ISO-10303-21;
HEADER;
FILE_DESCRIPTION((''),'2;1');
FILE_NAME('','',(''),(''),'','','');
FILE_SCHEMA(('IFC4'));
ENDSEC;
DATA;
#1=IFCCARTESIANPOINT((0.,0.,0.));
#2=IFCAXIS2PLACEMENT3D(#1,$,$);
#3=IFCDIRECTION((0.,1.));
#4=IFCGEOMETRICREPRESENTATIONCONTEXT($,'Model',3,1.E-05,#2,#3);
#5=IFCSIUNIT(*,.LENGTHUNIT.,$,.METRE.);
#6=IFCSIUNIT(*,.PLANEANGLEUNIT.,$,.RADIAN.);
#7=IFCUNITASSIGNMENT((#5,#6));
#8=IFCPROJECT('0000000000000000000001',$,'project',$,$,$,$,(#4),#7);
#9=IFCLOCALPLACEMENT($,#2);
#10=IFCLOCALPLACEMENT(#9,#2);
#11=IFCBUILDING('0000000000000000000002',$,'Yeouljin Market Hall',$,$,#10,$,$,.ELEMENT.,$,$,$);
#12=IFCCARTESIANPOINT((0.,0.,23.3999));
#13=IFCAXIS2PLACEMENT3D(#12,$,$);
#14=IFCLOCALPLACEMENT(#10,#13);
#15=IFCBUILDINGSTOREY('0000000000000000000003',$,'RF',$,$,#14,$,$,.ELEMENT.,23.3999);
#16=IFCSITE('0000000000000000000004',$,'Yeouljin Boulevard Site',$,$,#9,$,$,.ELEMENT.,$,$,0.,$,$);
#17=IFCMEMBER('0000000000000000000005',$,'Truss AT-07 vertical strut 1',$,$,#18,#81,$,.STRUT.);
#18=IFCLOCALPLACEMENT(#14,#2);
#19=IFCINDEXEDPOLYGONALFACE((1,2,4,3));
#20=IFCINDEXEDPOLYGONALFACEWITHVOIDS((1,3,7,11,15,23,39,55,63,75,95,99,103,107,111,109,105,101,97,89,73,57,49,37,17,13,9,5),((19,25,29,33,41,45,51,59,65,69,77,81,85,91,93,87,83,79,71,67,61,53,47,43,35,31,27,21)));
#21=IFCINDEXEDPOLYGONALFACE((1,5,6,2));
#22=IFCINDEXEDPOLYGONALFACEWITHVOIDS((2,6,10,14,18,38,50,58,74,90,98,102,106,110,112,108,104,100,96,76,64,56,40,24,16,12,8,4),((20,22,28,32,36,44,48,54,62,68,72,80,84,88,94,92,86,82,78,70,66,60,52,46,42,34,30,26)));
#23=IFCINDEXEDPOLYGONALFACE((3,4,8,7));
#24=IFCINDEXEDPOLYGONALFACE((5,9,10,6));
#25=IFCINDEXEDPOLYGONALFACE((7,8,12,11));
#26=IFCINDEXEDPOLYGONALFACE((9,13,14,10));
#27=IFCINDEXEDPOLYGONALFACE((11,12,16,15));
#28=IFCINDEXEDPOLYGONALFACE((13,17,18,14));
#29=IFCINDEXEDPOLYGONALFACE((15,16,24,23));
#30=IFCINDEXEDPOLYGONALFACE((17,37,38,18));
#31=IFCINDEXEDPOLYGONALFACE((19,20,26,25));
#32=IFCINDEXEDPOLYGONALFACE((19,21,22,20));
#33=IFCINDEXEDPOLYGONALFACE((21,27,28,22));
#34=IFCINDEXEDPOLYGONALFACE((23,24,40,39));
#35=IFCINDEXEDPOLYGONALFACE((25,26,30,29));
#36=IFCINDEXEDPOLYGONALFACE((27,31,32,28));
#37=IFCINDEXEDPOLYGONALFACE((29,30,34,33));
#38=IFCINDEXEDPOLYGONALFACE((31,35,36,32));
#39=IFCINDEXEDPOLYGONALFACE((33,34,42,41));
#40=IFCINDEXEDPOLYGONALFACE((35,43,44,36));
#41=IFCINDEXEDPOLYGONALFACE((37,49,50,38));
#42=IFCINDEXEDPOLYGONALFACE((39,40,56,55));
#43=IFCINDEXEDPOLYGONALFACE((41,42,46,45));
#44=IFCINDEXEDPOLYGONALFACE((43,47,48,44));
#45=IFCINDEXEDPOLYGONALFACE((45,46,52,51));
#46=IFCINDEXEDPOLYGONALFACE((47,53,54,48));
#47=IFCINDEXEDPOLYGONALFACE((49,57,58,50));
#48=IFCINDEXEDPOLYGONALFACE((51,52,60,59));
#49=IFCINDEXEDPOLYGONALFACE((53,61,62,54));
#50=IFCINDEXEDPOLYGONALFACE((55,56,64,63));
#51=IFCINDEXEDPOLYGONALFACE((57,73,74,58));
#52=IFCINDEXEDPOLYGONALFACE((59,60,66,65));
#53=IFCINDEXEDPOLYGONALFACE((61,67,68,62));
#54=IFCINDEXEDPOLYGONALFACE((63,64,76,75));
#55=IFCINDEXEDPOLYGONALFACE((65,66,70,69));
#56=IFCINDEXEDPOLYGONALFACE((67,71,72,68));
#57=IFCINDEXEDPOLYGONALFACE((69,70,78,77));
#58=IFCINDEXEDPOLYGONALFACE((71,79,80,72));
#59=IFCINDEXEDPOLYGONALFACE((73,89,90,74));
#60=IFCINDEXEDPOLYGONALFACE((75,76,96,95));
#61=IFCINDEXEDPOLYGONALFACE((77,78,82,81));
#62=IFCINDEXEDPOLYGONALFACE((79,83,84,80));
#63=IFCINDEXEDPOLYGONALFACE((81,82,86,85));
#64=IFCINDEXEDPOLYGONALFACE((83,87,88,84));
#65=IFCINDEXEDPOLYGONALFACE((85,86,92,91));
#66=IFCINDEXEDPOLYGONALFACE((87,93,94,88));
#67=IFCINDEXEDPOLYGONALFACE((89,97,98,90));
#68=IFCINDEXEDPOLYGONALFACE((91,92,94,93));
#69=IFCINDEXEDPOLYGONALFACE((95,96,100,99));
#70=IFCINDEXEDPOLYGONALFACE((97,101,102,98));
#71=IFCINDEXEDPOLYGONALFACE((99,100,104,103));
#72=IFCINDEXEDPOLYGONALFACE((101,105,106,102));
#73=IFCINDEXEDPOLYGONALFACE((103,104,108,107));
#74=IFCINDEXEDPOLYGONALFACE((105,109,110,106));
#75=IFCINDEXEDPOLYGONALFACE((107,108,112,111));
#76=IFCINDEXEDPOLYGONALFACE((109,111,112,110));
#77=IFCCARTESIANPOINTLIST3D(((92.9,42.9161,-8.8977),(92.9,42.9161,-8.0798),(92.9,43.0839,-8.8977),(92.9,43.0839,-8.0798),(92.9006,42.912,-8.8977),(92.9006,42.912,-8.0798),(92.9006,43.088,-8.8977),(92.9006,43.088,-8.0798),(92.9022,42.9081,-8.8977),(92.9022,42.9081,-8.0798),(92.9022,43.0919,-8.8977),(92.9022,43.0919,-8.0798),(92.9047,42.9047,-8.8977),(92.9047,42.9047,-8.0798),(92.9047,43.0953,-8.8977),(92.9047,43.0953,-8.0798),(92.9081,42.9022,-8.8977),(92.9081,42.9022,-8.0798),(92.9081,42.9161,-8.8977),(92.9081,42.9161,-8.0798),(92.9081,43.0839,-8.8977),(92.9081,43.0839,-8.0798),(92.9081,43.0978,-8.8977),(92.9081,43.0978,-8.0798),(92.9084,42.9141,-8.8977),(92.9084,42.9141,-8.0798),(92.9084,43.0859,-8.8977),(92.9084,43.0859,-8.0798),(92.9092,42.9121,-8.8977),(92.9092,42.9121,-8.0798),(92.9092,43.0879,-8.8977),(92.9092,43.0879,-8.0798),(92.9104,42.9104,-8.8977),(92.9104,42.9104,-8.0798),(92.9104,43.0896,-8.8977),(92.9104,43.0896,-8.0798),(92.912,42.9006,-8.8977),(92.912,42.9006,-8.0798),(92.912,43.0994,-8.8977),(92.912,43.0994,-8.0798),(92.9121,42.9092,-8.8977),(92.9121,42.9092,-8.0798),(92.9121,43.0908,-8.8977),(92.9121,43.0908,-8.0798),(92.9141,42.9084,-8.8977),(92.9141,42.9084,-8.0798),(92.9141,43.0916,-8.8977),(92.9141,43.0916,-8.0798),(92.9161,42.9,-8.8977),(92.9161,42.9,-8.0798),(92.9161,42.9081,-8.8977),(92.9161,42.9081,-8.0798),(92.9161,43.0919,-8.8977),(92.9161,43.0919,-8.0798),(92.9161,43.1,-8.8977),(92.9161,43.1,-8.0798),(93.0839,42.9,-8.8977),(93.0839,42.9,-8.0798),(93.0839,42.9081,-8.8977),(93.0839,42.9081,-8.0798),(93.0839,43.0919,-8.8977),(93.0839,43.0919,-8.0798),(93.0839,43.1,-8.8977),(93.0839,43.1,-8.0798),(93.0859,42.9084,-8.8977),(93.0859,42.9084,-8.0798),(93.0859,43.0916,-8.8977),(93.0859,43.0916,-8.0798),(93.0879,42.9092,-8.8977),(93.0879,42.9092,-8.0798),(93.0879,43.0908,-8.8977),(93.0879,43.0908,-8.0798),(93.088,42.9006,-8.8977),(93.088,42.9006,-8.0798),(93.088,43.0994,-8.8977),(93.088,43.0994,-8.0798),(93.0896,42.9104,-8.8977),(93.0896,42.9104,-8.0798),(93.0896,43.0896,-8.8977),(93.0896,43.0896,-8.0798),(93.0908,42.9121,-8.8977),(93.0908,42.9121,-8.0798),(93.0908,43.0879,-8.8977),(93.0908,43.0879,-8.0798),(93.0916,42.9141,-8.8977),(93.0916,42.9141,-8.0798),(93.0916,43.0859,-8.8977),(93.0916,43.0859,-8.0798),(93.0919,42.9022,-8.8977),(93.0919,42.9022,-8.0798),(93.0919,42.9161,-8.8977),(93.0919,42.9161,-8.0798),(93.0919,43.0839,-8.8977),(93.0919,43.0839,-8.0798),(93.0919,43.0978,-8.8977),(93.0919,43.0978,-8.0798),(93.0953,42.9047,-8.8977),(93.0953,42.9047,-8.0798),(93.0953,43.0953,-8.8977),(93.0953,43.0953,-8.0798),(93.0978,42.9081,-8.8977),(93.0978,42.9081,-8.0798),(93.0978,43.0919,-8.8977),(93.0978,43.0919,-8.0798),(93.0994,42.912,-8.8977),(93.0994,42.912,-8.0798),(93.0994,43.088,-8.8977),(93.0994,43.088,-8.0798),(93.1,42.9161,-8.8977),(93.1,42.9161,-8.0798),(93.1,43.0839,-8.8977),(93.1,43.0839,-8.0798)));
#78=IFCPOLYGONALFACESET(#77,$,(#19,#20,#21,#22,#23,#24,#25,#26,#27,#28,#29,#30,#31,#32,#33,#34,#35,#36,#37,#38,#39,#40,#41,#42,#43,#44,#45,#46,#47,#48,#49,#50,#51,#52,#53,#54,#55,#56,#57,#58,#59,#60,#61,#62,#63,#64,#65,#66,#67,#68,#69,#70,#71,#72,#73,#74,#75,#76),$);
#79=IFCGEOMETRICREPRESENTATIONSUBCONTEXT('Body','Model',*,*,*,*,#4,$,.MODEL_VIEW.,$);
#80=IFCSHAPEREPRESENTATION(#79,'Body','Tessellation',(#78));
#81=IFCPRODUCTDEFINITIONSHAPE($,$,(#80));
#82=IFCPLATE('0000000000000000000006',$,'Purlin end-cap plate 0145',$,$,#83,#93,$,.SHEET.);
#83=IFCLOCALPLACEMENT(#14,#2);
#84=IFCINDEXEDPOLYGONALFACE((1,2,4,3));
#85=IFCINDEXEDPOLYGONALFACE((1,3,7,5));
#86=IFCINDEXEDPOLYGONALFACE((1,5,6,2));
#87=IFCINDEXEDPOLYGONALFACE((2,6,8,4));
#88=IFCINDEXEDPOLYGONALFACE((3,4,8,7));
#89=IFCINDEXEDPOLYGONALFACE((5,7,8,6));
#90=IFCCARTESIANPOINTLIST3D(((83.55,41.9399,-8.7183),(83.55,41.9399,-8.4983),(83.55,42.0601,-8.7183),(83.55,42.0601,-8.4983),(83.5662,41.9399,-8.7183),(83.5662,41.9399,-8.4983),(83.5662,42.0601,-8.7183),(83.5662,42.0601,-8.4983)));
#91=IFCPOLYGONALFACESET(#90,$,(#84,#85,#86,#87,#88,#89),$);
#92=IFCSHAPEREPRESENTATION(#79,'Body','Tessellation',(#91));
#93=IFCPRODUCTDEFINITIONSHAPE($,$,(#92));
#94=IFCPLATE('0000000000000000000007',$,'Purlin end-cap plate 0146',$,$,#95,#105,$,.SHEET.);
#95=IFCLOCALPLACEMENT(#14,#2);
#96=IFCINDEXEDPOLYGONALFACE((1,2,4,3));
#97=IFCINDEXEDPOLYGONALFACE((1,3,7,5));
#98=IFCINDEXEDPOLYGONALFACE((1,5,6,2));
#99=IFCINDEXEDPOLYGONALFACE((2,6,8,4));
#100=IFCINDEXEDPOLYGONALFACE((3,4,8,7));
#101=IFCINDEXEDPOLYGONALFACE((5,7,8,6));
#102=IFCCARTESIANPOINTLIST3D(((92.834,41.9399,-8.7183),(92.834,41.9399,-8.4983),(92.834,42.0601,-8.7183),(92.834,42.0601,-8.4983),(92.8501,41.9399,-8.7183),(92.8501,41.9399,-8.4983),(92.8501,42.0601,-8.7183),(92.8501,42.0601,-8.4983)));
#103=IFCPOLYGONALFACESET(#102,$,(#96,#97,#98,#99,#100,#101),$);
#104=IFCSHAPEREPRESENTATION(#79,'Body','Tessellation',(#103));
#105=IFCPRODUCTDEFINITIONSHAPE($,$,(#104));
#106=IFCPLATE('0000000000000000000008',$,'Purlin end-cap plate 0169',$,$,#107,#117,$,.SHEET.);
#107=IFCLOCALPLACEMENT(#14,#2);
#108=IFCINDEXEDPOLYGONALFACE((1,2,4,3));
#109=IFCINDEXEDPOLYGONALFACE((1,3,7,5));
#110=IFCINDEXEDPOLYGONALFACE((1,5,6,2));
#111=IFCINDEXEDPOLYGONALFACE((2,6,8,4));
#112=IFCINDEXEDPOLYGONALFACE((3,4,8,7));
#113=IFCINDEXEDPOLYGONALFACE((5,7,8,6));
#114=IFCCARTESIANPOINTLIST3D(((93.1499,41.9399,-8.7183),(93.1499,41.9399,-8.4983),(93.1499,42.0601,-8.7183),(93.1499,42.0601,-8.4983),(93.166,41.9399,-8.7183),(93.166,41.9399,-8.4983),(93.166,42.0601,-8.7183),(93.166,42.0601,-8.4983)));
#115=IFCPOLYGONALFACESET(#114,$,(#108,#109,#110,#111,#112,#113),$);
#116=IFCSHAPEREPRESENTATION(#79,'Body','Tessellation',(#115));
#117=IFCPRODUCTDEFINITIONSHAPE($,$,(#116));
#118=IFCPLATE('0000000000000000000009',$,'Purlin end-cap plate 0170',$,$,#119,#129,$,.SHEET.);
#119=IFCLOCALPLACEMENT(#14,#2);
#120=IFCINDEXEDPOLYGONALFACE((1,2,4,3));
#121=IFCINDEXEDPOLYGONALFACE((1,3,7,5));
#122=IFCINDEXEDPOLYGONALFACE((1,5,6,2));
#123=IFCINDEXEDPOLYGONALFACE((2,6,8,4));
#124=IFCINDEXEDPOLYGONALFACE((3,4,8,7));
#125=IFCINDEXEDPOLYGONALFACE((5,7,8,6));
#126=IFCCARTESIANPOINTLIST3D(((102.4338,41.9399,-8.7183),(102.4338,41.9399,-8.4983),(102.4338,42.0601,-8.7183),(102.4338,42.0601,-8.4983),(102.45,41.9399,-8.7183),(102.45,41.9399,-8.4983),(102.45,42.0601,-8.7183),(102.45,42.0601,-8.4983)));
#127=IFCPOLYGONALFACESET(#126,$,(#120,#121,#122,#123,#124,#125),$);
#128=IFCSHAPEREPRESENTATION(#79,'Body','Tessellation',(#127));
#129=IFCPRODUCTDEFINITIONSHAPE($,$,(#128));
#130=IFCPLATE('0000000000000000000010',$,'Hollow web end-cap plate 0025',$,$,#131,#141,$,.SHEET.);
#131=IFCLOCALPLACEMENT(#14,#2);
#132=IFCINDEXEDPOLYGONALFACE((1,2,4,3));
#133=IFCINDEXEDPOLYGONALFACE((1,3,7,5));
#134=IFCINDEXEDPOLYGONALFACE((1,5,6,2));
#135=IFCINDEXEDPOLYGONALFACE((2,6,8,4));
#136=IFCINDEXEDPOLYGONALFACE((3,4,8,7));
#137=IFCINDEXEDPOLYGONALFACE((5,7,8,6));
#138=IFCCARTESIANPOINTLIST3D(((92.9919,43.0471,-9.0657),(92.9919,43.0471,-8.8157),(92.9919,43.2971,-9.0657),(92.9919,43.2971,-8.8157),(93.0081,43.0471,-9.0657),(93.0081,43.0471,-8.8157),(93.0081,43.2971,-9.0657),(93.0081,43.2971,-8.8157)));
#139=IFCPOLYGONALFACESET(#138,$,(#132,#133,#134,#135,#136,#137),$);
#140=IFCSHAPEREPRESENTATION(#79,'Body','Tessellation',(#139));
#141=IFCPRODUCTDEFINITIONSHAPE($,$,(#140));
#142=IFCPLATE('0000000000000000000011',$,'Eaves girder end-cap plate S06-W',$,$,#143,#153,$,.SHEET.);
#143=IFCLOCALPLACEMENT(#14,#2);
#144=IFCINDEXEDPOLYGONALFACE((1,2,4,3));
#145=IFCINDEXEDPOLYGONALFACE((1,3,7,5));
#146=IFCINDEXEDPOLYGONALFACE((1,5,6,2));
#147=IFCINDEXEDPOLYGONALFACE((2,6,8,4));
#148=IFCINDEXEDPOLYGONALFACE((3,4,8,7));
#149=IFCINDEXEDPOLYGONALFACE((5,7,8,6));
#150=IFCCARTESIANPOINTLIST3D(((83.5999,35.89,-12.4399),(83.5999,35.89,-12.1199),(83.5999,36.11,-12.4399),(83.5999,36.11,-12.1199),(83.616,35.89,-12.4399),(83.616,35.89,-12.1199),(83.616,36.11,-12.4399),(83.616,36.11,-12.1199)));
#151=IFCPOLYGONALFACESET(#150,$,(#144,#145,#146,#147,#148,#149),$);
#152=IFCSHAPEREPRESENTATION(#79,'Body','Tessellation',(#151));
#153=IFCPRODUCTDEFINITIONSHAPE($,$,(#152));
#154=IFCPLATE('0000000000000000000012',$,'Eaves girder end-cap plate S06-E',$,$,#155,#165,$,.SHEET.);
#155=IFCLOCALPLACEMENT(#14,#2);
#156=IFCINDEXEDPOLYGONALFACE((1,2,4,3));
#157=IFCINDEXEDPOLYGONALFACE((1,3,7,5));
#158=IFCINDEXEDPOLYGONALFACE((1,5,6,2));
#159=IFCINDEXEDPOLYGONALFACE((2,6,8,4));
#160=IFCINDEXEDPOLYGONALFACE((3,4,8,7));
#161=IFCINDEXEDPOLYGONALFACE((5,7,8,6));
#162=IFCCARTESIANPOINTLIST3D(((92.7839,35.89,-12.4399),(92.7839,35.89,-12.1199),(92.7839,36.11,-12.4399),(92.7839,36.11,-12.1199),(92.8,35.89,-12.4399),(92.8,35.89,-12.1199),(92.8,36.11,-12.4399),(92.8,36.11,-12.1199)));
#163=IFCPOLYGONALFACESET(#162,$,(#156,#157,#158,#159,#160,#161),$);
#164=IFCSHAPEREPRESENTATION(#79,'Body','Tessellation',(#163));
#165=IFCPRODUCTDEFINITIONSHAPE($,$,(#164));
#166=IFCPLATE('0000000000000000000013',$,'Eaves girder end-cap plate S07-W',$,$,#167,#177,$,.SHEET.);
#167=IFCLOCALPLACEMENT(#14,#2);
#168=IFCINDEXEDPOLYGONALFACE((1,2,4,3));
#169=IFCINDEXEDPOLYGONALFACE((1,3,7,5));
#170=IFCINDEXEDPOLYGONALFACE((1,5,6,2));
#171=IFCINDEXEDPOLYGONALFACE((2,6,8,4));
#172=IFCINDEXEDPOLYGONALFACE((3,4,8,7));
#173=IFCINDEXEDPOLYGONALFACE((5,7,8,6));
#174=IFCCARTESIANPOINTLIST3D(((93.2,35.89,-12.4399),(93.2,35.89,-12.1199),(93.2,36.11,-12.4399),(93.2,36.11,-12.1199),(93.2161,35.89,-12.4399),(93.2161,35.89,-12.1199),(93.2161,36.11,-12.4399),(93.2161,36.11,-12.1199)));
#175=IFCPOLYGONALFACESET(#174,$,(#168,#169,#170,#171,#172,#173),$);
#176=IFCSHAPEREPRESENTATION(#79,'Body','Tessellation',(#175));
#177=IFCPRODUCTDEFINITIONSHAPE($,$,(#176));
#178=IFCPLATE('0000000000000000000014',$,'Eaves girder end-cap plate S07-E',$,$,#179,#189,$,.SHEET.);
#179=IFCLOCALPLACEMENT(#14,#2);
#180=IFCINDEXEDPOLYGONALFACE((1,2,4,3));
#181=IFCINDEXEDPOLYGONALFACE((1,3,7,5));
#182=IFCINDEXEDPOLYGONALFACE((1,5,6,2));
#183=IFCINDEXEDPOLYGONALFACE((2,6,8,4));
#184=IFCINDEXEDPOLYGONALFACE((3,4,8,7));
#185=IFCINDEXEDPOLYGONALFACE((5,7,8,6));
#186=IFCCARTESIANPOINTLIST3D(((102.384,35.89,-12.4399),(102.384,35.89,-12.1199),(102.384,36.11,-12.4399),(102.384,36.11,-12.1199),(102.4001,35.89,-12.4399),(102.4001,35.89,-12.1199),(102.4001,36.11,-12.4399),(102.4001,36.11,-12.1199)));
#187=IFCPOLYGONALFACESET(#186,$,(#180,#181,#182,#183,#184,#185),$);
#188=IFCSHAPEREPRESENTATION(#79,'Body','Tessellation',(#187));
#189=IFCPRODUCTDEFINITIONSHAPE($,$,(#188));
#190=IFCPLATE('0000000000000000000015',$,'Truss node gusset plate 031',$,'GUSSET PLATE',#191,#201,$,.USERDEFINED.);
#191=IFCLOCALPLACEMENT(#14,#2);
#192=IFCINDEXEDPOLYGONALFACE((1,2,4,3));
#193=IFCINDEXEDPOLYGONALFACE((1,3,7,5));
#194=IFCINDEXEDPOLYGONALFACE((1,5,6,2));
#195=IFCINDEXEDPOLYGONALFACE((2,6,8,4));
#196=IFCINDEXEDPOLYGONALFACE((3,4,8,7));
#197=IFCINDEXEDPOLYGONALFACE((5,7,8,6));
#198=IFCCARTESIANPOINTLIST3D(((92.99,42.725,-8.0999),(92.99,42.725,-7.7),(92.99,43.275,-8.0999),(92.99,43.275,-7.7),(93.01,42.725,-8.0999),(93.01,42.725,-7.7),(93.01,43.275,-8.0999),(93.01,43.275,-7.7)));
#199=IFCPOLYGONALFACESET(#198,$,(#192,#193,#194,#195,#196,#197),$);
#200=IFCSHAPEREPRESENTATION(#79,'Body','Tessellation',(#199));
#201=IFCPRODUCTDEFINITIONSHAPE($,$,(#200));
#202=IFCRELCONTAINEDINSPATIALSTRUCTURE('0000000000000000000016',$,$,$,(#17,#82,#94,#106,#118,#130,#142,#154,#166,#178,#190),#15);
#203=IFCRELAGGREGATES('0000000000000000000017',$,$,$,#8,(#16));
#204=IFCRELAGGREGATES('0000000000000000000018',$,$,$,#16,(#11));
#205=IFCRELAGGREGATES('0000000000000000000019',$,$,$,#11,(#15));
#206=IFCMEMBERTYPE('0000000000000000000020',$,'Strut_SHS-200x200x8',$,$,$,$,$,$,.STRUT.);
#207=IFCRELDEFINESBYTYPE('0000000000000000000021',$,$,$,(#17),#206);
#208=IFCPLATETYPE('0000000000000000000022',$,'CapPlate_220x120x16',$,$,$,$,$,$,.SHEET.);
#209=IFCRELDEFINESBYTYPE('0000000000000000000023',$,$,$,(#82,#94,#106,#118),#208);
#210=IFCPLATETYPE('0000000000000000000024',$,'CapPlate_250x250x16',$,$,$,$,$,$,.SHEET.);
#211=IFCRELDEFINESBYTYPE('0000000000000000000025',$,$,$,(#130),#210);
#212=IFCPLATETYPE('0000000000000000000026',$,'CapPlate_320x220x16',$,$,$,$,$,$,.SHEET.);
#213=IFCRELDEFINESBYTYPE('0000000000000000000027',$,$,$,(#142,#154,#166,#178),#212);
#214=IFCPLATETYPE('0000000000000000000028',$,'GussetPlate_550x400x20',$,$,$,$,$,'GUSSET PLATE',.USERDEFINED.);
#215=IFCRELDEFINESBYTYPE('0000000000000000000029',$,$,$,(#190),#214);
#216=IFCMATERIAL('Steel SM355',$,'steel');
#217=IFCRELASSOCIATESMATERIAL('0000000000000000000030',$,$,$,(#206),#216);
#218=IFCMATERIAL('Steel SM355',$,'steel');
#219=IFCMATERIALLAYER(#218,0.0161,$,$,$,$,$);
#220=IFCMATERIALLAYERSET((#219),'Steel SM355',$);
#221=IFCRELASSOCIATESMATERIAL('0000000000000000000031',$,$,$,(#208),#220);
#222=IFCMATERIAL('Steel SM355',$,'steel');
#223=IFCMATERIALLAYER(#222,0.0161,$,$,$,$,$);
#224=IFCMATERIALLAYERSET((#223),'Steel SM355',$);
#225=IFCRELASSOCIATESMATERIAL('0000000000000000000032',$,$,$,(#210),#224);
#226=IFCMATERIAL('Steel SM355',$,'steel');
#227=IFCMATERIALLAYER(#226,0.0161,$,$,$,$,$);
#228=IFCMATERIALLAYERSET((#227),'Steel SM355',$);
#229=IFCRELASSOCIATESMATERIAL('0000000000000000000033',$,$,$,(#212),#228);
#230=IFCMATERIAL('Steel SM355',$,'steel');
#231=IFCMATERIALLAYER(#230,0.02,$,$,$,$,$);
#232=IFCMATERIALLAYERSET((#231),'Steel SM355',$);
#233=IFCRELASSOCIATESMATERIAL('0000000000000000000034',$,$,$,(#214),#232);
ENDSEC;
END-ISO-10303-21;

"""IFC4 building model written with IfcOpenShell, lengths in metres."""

from ifc_helpers import new_model, si_unit, direction, frame, origin, origin_2d, place, context, subcontext, project, spatial, rectangle, hollow_rectangle, extrude, material, layer, layer_set, material_profile, profile_set, type_object, element, save


model = new_model("IFC4")

# Units and contexts
model_context = context("Model", 3, precision=1e-05, world=origin(), true_north=direction((0.0, 1.0)))
body_context = subcontext(model_context, "Body", "Model", "MODEL_VIEW")
ifc_project = project(units=[si_unit("LENGTHUNIT", "METRE"), si_unit("PLANEANGLEUNIT", "RADIAN")], contexts=[model_context])

# Site, building, storey
site_placement = place(None, origin())
site = spatial("IfcSite", under=ifc_project, at=site_placement, Name="Yeouljin Boulevard Site", CompositionType="ELEMENT", RefElevation=0.0)
building_placement = place(site_placement, origin())
building = spatial("IfcBuilding", under=site, at=building_placement, Name="Yeouljin Market Hall", CompositionType="ELEMENT")
storey_placement = place(building_placement, frame((0.0, 0.0, 23.3999)))
storey = spatial("IfcBuildingStorey", under=building, at=storey_placement, Name="RF", CompositionType="ELEMENT", Elevation=23.3999)

# Member
ifc_material_1 = material(Name="Steel SM355", Category="steel")
ifc_material_profile_1 = material_profile(ifc_material_1, hollow_rectangle(XDim=0.2, YDim=0.2, WallThickness=0.0081, InnerFilletRadius=0.0081, OuterFilletRadius=0.0161, at=origin_2d()), Name="SHS-200x200x8")
ifc_profile_set_1 = profile_set([ifc_material_profile_1], Name="Steel SM355")
member_type_1 = type_object("IfcMemberType", Name="Strut_SHS-200x200x8", PredefinedType="STRUT", material=ifc_profile_set_1)
member_1_placement = place(storey_placement, frame((93.0, 43.0, -8.8977), z_axis=(0.0, 0.0, 1.0), x_axis=(1.0, 0.0, 0.0)))
element("IfcMember", 1, at=member_1_placement, inside=storey, type_object=member_type_1, Name="Truss AT-07 vertical strut 1", PredefinedType="STRUT", context=body_context, shape_type="SweptSolid", body=[
    extrude(hollow_rectangle(XDim=0.2, YDim=0.2, WallThickness=0.0081, InnerFilletRadius=0.0081, OuterFilletRadius=0.0161, at=origin_2d()), origin(), (0.0, 0.0, 1.0), 0.8179),
])

# Plates
ifc_material_2 = material(Name="Steel SM355", Category="steel")
ifc_layer_1 = layer(ifc_material_2, 0.0161)
ifc_layer_set_1 = layer_set([ifc_layer_1], Name="Steel SM355")
plate_type_1 = type_object("IfcPlateType", Name="CapPlate_220x120x16", PredefinedType="SHEET", material=ifc_layer_set_1)
for number, where, z_axis, x_axis, name in (
    (2, (83.5581, 42.0, -8.7183), (0.0, 0.0, 1.0), (0.0, 1.0, 0.0), "Purlin end-cap plate 0145"),
    (3, (92.842, 42.0, -8.7183), (0.0, 0.0, 1.0), (0.0, 1.0, 0.0), "Purlin end-cap plate 0146"),
    (4, (93.158, 42.0, -8.7183), (0.0, 0.0, 1.0), (0.0, 1.0, 0.0), "Purlin end-cap plate 0169"),
    (5, (102.4419, 42.0, -8.7183), (0.0, 0.0, 1.0), (0.0, 1.0, 0.0), "Purlin end-cap plate 0170"),
):
    element("IfcPlate", number, at=place(storey_placement, frame(where, z_axis=z_axis, x_axis=x_axis)), inside=storey, type_object=plate_type_1, Name=name, PredefinedType="SHEET", context=body_context, shape_type="SweptSolid", body=[
        extrude(rectangle(XDim=0.1201, YDim=0.0161, at=origin_2d()), origin(), (0.0, 0.0, 1.0), 0.22),
    ])
ifc_material_3 = material(Name="Steel SM355", Category="steel")
ifc_layer_2 = layer(ifc_material_3, 0.0161)
ifc_layer_set_2 = layer_set([ifc_layer_2], Name="Steel SM355")
plate_type_2 = type_object("IfcPlateType", Name="CapPlate_250x250x16", PredefinedType="SHEET", material=ifc_layer_set_2)
plate_1_placement = place(storey_placement, frame((93.0, 43.1721, -9.0657), z_axis=(0.0, 0.0, 1.0), x_axis=(0.0, 1.0, 0.0)))
element("IfcPlate", 6, at=plate_1_placement, inside=storey, type_object=plate_type_2, Name="Hollow web end-cap plate 0025", PredefinedType="SHEET", context=body_context, shape_type="SweptSolid", body=[
    extrude(rectangle(XDim=0.25, YDim=0.0161, at=origin_2d()), origin(), (0.0, 0.0, 1.0), 0.25),
])
ifc_material_4 = material(Name="Steel SM355", Category="steel")
ifc_layer_3 = layer(ifc_material_4, 0.0161)
ifc_layer_set_3 = layer_set([ifc_layer_3], Name="Steel SM355")
plate_type_3 = type_object("IfcPlateType", Name="CapPlate_320x220x16", PredefinedType="SHEET", material=ifc_layer_set_3)
for number, where, z_axis, x_axis, name in (
    (7, (83.6079, 36.0, -12.4399), (0.0, 0.0, 1.0), (0.0, 1.0, 0.0), "Eaves girder end-cap plate S06-W"),
    (8, (92.792, 36.0, -12.4399), (0.0, 0.0, 1.0), (0.0, 1.0, 0.0), "Eaves girder end-cap plate S06-E"),
    (9, (93.208, 36.0, -12.4399), (0.0, 0.0, 1.0), (0.0, 1.0, 0.0), "Eaves girder end-cap plate S07-W"),
    (10, (102.3921, 36.0, -12.4399), (0.0, 0.0, 1.0), (0.0, 1.0, 0.0), "Eaves girder end-cap plate S07-E"),
):
    element("IfcPlate", number, at=place(storey_placement, frame(where, z_axis=z_axis, x_axis=x_axis)), inside=storey, type_object=plate_type_3, Name=name, PredefinedType="SHEET", context=body_context, shape_type="SweptSolid", body=[
        extrude(rectangle(XDim=0.22, YDim=0.0161, at=origin_2d()), origin(), (0.0, 0.0, 1.0), 0.3201),
    ])
ifc_material_5 = material(Name="Steel SM355", Category="steel")
ifc_layer_4 = layer(ifc_material_5, 0.02)
ifc_layer_set_4 = layer_set([ifc_layer_4], Name="Steel SM355")
plate_type_4 = type_object("IfcPlateType", Name="GussetPlate_550x400x20", ElementType="GUSSET PLATE", PredefinedType="USERDEFINED", material=ifc_layer_set_4)
plate_2_placement = place(storey_placement, frame((93.0, 43.0, -8.0999), z_axis=(0.0, 0.0, 1.0), x_axis=(0.0, 1.0, 0.0)))
element("IfcPlate", 11, at=plate_2_placement, inside=storey, type_object=plate_type_4, Name="Truss node gusset plate 031", ObjectType="GUSSET PLATE", PredefinedType="USERDEFINED", context=body_context, shape_type="SweptSolid", body=[
    extrude(rectangle(XDim=0.55, YDim=0.02, at=origin_2d()), origin(), (0.0, 0.0, 1.0), 0.3999),
])

save(model, "model.ifc")
